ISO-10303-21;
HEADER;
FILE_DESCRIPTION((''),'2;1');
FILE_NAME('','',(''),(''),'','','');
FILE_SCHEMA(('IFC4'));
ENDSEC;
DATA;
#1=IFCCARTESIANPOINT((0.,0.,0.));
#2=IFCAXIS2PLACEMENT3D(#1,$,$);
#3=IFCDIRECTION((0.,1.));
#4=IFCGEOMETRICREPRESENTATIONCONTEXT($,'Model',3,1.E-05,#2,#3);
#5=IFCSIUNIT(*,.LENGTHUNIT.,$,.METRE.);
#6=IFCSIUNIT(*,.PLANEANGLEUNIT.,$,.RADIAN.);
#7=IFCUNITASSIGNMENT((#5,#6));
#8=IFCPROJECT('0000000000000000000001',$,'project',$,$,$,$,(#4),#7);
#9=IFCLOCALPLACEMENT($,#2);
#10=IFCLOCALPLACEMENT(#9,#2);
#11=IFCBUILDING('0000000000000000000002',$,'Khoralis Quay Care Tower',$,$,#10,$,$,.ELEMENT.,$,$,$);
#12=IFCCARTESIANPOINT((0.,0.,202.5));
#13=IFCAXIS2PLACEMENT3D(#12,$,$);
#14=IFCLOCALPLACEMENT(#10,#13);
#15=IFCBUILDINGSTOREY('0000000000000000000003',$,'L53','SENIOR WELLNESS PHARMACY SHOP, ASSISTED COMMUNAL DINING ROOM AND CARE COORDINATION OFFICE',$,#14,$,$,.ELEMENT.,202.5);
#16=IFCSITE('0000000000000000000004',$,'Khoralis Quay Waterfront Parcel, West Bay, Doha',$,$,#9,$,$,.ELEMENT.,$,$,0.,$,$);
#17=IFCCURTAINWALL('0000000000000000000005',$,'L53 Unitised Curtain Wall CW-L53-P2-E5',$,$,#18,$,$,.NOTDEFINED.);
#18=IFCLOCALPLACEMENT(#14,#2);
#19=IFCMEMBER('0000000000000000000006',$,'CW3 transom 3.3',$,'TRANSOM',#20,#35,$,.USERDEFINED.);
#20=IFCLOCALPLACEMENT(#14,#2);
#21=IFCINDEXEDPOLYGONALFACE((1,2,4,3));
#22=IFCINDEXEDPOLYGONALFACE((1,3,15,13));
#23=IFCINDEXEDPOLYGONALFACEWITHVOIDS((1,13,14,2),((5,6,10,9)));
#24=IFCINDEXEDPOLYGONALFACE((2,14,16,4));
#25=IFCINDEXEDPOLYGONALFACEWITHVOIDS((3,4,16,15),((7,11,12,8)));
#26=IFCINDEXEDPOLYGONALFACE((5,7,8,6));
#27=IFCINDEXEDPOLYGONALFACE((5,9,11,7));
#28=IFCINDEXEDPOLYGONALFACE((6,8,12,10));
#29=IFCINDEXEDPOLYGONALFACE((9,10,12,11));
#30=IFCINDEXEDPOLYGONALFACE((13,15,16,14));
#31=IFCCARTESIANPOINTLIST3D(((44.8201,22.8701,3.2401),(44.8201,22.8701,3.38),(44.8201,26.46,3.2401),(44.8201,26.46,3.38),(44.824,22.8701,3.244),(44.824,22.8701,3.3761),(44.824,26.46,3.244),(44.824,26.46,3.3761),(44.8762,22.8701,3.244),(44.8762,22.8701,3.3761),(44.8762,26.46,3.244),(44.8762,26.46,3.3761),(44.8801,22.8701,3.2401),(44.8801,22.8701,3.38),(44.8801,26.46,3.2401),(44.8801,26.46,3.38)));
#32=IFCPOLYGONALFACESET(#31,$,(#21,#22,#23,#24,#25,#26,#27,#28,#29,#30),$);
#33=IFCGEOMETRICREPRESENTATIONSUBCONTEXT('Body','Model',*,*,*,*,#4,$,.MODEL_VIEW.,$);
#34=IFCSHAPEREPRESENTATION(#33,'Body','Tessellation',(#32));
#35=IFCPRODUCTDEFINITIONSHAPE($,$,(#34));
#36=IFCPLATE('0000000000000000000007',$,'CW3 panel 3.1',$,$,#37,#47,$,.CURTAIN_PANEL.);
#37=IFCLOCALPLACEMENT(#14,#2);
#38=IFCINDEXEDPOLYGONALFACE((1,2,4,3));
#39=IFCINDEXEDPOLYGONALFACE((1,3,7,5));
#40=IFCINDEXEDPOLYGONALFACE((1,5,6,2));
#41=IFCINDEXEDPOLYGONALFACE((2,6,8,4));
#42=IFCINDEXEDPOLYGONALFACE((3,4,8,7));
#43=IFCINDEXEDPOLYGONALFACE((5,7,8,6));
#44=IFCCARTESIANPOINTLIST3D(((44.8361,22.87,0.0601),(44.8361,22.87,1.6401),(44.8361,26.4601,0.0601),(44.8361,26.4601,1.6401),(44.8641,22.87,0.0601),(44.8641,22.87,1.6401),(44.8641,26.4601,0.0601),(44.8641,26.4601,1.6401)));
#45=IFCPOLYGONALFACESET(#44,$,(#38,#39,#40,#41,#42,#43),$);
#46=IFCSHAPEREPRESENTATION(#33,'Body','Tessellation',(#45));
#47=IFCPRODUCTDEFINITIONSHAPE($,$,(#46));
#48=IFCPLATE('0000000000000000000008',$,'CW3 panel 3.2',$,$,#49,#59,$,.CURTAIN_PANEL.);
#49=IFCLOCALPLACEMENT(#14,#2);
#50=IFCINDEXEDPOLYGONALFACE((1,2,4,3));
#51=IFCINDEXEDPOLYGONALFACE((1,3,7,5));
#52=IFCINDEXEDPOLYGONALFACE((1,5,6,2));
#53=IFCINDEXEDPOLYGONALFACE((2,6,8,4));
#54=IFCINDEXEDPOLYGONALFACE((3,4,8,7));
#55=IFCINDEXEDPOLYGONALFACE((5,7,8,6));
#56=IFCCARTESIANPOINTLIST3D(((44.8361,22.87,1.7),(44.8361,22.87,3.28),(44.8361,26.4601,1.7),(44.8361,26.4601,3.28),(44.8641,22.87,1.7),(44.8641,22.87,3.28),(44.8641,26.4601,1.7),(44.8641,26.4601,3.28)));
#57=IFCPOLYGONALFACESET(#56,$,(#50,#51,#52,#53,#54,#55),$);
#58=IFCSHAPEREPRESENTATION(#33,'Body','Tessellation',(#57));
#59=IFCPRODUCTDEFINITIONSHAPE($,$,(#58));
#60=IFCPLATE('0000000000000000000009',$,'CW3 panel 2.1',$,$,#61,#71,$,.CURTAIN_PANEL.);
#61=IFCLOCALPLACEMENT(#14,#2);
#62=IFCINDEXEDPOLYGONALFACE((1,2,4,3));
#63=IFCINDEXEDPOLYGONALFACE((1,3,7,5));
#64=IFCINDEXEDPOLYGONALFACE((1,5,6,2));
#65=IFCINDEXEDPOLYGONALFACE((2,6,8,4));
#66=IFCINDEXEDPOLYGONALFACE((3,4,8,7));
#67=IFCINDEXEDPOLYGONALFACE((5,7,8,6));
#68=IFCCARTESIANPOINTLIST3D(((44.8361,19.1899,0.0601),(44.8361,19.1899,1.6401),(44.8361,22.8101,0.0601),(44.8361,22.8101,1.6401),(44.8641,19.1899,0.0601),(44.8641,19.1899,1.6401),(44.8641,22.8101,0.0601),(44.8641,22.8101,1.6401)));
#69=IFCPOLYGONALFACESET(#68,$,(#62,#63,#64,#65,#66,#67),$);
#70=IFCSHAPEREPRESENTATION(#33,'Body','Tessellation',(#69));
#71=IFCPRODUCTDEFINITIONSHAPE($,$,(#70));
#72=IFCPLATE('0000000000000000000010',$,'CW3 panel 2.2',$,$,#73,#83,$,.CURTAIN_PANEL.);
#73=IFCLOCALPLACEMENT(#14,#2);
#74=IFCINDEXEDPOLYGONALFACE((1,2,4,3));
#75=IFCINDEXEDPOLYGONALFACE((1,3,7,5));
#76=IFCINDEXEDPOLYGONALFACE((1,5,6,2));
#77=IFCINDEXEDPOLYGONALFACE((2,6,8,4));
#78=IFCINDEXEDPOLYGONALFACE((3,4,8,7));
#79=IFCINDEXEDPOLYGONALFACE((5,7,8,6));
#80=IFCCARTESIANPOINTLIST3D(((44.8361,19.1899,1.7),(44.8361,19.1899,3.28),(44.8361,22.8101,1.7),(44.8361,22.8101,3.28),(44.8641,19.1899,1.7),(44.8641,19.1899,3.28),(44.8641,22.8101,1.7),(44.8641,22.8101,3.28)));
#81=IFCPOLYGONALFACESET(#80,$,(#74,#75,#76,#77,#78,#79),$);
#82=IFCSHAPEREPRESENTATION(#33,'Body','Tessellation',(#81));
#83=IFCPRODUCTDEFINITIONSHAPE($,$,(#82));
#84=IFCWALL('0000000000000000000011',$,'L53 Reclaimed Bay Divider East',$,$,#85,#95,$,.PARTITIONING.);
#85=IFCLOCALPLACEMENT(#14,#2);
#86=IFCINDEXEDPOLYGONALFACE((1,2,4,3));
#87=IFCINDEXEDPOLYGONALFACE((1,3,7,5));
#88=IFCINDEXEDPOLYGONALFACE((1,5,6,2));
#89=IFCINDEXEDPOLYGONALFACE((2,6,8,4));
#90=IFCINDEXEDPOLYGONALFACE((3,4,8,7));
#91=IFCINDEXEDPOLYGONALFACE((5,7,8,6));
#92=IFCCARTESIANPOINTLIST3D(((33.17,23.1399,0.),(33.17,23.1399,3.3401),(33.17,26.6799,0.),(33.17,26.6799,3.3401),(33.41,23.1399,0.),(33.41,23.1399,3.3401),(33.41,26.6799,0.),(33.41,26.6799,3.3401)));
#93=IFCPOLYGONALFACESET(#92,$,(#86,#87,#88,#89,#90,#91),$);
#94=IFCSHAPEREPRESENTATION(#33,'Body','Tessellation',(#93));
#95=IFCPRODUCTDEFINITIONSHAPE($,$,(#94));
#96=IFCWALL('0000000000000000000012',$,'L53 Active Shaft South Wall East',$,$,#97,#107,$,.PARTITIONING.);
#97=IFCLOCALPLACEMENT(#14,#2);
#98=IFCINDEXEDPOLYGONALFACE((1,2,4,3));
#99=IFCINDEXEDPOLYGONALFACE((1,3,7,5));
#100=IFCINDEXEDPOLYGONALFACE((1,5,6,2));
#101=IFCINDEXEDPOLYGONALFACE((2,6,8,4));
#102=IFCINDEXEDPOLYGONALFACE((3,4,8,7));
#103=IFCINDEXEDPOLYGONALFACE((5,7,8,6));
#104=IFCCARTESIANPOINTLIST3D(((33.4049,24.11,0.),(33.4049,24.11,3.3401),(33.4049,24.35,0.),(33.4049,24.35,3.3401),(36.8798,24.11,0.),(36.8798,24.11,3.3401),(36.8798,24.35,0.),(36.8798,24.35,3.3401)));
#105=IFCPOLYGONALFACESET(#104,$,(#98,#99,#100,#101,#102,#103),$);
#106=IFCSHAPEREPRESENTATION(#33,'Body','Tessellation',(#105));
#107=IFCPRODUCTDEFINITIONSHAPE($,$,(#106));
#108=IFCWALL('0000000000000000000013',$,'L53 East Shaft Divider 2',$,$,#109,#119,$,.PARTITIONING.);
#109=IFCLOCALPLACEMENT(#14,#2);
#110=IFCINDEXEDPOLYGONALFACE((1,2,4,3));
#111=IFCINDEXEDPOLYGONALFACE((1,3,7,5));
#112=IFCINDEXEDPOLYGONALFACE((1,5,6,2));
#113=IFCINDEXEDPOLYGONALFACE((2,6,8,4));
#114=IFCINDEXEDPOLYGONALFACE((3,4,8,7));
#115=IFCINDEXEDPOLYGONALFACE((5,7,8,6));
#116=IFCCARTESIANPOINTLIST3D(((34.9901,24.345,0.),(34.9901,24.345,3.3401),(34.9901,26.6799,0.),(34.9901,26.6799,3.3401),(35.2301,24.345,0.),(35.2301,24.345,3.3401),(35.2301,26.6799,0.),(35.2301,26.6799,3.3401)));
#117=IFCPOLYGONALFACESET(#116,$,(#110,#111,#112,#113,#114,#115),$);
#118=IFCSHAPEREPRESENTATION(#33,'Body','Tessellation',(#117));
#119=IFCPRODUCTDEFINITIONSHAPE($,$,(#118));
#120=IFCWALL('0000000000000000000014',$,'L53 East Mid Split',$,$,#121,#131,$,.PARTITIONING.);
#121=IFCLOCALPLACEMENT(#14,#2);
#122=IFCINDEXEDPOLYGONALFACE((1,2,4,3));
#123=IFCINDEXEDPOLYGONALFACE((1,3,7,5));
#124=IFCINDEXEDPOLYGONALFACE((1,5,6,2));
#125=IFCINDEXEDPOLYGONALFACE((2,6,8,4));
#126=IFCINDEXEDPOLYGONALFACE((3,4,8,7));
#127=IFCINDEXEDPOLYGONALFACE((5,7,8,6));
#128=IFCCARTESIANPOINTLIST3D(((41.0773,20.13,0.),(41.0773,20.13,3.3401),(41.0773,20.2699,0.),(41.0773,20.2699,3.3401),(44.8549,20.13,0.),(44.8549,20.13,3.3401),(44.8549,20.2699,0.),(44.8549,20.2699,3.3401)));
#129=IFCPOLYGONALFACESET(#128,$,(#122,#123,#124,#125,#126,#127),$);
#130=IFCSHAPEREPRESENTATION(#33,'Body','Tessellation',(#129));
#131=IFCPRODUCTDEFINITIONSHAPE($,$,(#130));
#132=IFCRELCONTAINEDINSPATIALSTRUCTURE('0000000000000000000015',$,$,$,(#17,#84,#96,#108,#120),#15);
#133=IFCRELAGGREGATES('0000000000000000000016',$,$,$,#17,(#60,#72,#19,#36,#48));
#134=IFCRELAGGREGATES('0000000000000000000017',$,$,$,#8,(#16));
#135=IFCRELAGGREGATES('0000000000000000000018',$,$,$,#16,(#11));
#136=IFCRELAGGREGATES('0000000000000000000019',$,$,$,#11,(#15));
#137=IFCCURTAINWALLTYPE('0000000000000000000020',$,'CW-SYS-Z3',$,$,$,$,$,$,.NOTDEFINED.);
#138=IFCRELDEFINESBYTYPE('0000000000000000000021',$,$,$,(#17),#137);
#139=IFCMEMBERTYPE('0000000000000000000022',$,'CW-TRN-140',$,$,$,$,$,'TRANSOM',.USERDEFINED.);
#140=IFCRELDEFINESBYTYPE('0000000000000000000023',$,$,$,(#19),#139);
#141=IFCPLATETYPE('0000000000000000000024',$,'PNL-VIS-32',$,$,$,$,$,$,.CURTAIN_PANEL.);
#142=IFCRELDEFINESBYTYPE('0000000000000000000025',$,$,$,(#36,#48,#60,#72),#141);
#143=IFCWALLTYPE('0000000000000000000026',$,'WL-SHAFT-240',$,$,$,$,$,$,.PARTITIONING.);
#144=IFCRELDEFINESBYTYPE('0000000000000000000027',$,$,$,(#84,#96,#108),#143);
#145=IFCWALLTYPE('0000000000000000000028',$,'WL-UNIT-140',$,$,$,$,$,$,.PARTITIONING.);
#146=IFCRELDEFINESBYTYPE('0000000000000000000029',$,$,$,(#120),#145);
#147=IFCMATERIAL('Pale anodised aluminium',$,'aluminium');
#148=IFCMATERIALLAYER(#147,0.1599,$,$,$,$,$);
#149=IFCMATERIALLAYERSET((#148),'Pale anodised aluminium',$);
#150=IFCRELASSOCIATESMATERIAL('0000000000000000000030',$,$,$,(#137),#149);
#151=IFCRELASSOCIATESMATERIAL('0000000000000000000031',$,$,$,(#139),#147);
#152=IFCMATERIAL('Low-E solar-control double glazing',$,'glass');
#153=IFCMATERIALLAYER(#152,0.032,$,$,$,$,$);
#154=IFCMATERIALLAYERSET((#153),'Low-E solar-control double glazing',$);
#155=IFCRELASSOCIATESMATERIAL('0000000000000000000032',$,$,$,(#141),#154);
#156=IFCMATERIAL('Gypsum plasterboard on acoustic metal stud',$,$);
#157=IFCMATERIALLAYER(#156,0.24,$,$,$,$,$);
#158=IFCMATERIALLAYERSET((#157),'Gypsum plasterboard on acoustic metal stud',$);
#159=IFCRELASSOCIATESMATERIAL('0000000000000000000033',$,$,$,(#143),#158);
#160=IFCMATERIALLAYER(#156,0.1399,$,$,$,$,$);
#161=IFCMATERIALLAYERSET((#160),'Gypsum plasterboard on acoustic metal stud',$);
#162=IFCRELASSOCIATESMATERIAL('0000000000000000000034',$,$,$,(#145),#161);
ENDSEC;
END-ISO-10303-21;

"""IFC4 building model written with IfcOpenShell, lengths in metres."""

from ifc_helpers import new_model, si_unit, direction, frame, frame_2d, origin, origin_2d, place, context, subcontext, project, spatial, rectangle, hollow_rectangle, extrude, source, transform, mapped, material, layer, layer_set, material_profile, profile_set, type_object, element, aggregate, save


model = new_model("IFC4")

# Units and contexts
model_context = context("Model", 3, precision=1e-05, world=origin(), true_north=direction((0.0, 1.0)))
body_context = subcontext(model_context, "Body", "Model", "MODEL_VIEW")
ifc_project = project(units=[si_unit("LENGTHUNIT", "METRE"), si_unit("PLANEANGLEUNIT", "RADIAN")], contexts=[model_context])

# Site, building, storey
site_placement = place(None, origin())
site = spatial("IfcSite", under=ifc_project, at=site_placement, Name="Khoralis Quay Waterfront Parcel, West Bay, Doha", CompositionType="ELEMENT", RefElevation=0.0)
building_placement = place(site_placement, origin())
building = spatial("IfcBuilding", under=site, at=building_placement, Name="Khoralis Quay Care Tower", CompositionType="ELEMENT")
storey_placement = place(building_placement, frame((0.0, 0.0, 202.5)))
storey = spatial("IfcBuildingStorey", under=building, at=storey_placement, Name="L53", Description="SENIOR WELLNESS PHARMACY SHOP, ASSISTED COMMUNAL DINING ROOM AND CARE COORDINATION OFFICE", CompositionType="ELEMENT", Elevation=202.5)

# Curtain wall, member, plates
ifc_material_1 = material(Name="Pale anodised aluminium", Category="aluminium")
ifc_layer_1 = layer(ifc_material_1, 0.1599)
ifc_layer_set_1 = layer_set([ifc_layer_1], Name="Pale anodised aluminium")
curtain_wall_type = type_object("IfcCurtainWallType", Name="CW-SYS-Z3", PredefinedType="NOTDEFINED", material=ifc_layer_set_1)
curtain_wall_placement = place(storey_placement, origin())
curtain_wall = element("IfcCurtainWall", 1, at=curtain_wall_placement, inside=storey, type_object=curtain_wall_type, Name="L53 Unitised Curtain Wall CW-L53-P2-E5", PredefinedType="NOTDEFINED")
ifc_material_profile_1 = material_profile(ifc_material_1, hollow_rectangle(XDim=0.0601, YDim=0.1399, WallThickness=0.0039, at=origin_2d()), Name="Pale anodised aluminium")
ifc_profile_set_1 = profile_set([ifc_material_profile_1], Name="Pale anodised aluminium")
member_type_1 = type_object("IfcMemberType", Name="CW-TRN-140", ElementType="TRANSOM", PredefinedType="USERDEFINED", material=ifc_profile_set_1)
shared_shape_1 = source(origin(), body_context, "Body", "SweptSolid", [
    extrude(hollow_rectangle(XDim=0.0601, YDim=0.1399, WallThickness=0.0039, at=origin_2d()), origin(), (0.0, 0.0, 1.0), 3.5898),
])
member_1_placement = place(storey_placement, frame((44.8501, 22.8701, 3.3101), z_axis=(0.0, 1.0, 0.0), x_axis=(-1.0, 0.0, 0.0)))
member_1 = element("IfcMember", 2, at=member_1_placement, type_object=member_type_1, Name="CW3 transom 3.3", ObjectType="TRANSOM", PredefinedType="USERDEFINED", context=body_context, shape_type="MappedRepresentation", body=[
    mapped(shared_shape_1, transform((0.0, 0.0, 0.0), scale=1.0)),
])
ifc_material_2 = material(Name="Low-E solar-control double glazing", Category="glass")
ifc_layer_2 = layer(ifc_material_2, 0.032)
ifc_layer_set_2 = layer_set([ifc_layer_2], Name="Low-E solar-control double glazing")
plate_type = type_object("IfcPlateType", Name="PNL-VIS-32", PredefinedType="CURTAIN_PANEL", material=ifc_layer_set_2)
shared_shape_2 = source(origin(), body_context, "Body", "SweptSolid", [
    extrude(rectangle(XDim=3.5901, YDim=0.0281, at=origin_2d()), origin(), (0.0, 0.0, 1.0), 1.5801),
])
plate_1_placement = place(storey_placement, frame((44.8501, 24.665, 0.0601), z_axis=(0.0, 0.0, 1.0), x_axis=(0.0, 1.0, 0.0)))
plate_1 = element("IfcPlate", 3, at=plate_1_placement, type_object=plate_type, Name="CW3 panel 3.1", PredefinedType="CURTAIN_PANEL", context=body_context, shape_type="MappedRepresentation", body=[
    mapped(shared_shape_2, transform((0.0, 0.0, 0.0), scale=1.0)),
])
plate_2_placement = place(storey_placement, frame((44.8501, 24.665, 1.7), z_axis=(0.0, 0.0, 1.0), x_axis=(0.0, 1.0, 0.0)))
plate_2 = element("IfcPlate", 4, at=plate_2_placement, type_object=plate_type, Name="CW3 panel 3.2", PredefinedType="CURTAIN_PANEL", context=body_context, shape_type="MappedRepresentation", body=[
    mapped(shared_shape_2, transform((0.0, 0.0, 0.0), scale=1.0)),
])
shared_shape_3 = source(origin(), body_context, "Body", "SweptSolid", [
    extrude(rectangle(XDim=3.6201, YDim=0.0281, at=origin_2d()), origin(), (0.0, 0.0, 1.0), 1.5801),
])
plate_3_placement = place(storey_placement, frame((44.8501, 21.0, 0.0601), z_axis=(0.0, 0.0, 1.0), x_axis=(0.0, 1.0, 0.0)))
plate_3 = element("IfcPlate", 5, at=plate_3_placement, type_object=plate_type, Name="CW3 panel 2.1", PredefinedType="CURTAIN_PANEL", context=body_context, shape_type="MappedRepresentation", body=[
    mapped(shared_shape_3, transform((0.0, 0.0, 0.0), scale=1.0)),
])
plate_4_placement = place(storey_placement, frame((44.8501, 21.0, 1.7), z_axis=(0.0, 0.0, 1.0), x_axis=(0.0, 1.0, 0.0)))
plate_4 = element("IfcPlate", 6, at=plate_4_placement, type_object=plate_type, Name="CW3 panel 2.2", PredefinedType="CURTAIN_PANEL", context=body_context, shape_type="MappedRepresentation", body=[
    mapped(shared_shape_3, transform((0.0, 0.0, 0.0), scale=1.0)),
])
aggregate(curtain_wall, [plate_3, plate_4, member_1, plate_1, plate_2])

# Walls
ifc_material_3 = material(Name="Gypsum plasterboard on acoustic metal stud")
ifc_layer_3 = layer(ifc_material_3, 0.24)
ifc_layer_set_3 = layer_set([ifc_layer_3], Name="Gypsum plasterboard on acoustic metal stud")
wall_type_1 = type_object("IfcWallType", Name="WL-SHAFT-240", PredefinedType="PARTITIONING", material=ifc_layer_set_3)
wall_1_placement = place(storey_placement, frame((33.29, 23.1399, 0.0), z_axis=(0.0, 0.0, 1.0), x_axis=(0.0, 1.0, 0.0)))
element("IfcWall", 7, at=wall_1_placement, inside=storey, type_object=wall_type_1, Name="L53 Reclaimed Bay Divider East", PredefinedType="PARTITIONING", context=body_context, shape_type="SweptSolid", body=[
    extrude(rectangle(XDim=3.54, YDim=0.24, at=frame_2d((1.77, 0.0))), origin(), (0.0, 0.0, 1.0), 3.3401),
])
wall_2_placement = place(storey_placement, frame((33.405, 24.23, 0.0), z_axis=(0.0, 0.0, 1.0), x_axis=(1.0, 0.0, 0.0)))
element("IfcWall", 8, at=wall_2_placement, inside=storey, type_object=wall_type_1, Name="L53 Active Shaft South Wall East", PredefinedType="PARTITIONING", context=body_context, shape_type="SweptSolid", body=[
    extrude(rectangle(XDim=3.4749, YDim=0.24, at=frame_2d((1.7373, 0.0))), origin(), (0.0, 0.0, 1.0), 3.3401),
])
wall_3_placement = place(storey_placement, frame((35.1101, 24.345, 0.0), z_axis=(0.0, 0.0, 1.0), x_axis=(0.0, 1.0, 0.0)))
element("IfcWall", 9, at=wall_3_placement, inside=storey, type_object=wall_type_1, Name="L53 East Shaft Divider 2", PredefinedType="PARTITIONING", context=body_context, shape_type="SweptSolid", body=[
    extrude(rectangle(XDim=2.335, YDim=0.24, at=frame_2d((1.1675, 0.0))), origin(), (0.0, 0.0, 1.0), 3.3401),
])
ifc_layer_4 = layer(ifc_material_3, 0.1399)
ifc_layer_set_4 = layer_set([ifc_layer_4], Name="Gypsum plasterboard on acoustic metal stud")
wall_type_2 = type_object("IfcWallType", Name="WL-UNIT-140", PredefinedType="PARTITIONING", material=ifc_layer_set_4)
wall_4_placement = place(storey_placement, frame((41.0774, 20.2, 0.0), z_axis=(0.0, 0.0, 1.0), x_axis=(1.0, 0.0, 0.0)))
element("IfcWall", 10, at=wall_4_placement, inside=storey, type_object=wall_type_2, Name="L53 East Mid Split", PredefinedType="PARTITIONING", context=body_context, shape_type="SweptSolid", body=[
    extrude(rectangle(XDim=3.7776, YDim=0.1399, at=frame_2d((1.8887, 0.0))), origin(), (0.0, 0.0, 1.0), 3.3401),
])

save(model, "model.ifc")
